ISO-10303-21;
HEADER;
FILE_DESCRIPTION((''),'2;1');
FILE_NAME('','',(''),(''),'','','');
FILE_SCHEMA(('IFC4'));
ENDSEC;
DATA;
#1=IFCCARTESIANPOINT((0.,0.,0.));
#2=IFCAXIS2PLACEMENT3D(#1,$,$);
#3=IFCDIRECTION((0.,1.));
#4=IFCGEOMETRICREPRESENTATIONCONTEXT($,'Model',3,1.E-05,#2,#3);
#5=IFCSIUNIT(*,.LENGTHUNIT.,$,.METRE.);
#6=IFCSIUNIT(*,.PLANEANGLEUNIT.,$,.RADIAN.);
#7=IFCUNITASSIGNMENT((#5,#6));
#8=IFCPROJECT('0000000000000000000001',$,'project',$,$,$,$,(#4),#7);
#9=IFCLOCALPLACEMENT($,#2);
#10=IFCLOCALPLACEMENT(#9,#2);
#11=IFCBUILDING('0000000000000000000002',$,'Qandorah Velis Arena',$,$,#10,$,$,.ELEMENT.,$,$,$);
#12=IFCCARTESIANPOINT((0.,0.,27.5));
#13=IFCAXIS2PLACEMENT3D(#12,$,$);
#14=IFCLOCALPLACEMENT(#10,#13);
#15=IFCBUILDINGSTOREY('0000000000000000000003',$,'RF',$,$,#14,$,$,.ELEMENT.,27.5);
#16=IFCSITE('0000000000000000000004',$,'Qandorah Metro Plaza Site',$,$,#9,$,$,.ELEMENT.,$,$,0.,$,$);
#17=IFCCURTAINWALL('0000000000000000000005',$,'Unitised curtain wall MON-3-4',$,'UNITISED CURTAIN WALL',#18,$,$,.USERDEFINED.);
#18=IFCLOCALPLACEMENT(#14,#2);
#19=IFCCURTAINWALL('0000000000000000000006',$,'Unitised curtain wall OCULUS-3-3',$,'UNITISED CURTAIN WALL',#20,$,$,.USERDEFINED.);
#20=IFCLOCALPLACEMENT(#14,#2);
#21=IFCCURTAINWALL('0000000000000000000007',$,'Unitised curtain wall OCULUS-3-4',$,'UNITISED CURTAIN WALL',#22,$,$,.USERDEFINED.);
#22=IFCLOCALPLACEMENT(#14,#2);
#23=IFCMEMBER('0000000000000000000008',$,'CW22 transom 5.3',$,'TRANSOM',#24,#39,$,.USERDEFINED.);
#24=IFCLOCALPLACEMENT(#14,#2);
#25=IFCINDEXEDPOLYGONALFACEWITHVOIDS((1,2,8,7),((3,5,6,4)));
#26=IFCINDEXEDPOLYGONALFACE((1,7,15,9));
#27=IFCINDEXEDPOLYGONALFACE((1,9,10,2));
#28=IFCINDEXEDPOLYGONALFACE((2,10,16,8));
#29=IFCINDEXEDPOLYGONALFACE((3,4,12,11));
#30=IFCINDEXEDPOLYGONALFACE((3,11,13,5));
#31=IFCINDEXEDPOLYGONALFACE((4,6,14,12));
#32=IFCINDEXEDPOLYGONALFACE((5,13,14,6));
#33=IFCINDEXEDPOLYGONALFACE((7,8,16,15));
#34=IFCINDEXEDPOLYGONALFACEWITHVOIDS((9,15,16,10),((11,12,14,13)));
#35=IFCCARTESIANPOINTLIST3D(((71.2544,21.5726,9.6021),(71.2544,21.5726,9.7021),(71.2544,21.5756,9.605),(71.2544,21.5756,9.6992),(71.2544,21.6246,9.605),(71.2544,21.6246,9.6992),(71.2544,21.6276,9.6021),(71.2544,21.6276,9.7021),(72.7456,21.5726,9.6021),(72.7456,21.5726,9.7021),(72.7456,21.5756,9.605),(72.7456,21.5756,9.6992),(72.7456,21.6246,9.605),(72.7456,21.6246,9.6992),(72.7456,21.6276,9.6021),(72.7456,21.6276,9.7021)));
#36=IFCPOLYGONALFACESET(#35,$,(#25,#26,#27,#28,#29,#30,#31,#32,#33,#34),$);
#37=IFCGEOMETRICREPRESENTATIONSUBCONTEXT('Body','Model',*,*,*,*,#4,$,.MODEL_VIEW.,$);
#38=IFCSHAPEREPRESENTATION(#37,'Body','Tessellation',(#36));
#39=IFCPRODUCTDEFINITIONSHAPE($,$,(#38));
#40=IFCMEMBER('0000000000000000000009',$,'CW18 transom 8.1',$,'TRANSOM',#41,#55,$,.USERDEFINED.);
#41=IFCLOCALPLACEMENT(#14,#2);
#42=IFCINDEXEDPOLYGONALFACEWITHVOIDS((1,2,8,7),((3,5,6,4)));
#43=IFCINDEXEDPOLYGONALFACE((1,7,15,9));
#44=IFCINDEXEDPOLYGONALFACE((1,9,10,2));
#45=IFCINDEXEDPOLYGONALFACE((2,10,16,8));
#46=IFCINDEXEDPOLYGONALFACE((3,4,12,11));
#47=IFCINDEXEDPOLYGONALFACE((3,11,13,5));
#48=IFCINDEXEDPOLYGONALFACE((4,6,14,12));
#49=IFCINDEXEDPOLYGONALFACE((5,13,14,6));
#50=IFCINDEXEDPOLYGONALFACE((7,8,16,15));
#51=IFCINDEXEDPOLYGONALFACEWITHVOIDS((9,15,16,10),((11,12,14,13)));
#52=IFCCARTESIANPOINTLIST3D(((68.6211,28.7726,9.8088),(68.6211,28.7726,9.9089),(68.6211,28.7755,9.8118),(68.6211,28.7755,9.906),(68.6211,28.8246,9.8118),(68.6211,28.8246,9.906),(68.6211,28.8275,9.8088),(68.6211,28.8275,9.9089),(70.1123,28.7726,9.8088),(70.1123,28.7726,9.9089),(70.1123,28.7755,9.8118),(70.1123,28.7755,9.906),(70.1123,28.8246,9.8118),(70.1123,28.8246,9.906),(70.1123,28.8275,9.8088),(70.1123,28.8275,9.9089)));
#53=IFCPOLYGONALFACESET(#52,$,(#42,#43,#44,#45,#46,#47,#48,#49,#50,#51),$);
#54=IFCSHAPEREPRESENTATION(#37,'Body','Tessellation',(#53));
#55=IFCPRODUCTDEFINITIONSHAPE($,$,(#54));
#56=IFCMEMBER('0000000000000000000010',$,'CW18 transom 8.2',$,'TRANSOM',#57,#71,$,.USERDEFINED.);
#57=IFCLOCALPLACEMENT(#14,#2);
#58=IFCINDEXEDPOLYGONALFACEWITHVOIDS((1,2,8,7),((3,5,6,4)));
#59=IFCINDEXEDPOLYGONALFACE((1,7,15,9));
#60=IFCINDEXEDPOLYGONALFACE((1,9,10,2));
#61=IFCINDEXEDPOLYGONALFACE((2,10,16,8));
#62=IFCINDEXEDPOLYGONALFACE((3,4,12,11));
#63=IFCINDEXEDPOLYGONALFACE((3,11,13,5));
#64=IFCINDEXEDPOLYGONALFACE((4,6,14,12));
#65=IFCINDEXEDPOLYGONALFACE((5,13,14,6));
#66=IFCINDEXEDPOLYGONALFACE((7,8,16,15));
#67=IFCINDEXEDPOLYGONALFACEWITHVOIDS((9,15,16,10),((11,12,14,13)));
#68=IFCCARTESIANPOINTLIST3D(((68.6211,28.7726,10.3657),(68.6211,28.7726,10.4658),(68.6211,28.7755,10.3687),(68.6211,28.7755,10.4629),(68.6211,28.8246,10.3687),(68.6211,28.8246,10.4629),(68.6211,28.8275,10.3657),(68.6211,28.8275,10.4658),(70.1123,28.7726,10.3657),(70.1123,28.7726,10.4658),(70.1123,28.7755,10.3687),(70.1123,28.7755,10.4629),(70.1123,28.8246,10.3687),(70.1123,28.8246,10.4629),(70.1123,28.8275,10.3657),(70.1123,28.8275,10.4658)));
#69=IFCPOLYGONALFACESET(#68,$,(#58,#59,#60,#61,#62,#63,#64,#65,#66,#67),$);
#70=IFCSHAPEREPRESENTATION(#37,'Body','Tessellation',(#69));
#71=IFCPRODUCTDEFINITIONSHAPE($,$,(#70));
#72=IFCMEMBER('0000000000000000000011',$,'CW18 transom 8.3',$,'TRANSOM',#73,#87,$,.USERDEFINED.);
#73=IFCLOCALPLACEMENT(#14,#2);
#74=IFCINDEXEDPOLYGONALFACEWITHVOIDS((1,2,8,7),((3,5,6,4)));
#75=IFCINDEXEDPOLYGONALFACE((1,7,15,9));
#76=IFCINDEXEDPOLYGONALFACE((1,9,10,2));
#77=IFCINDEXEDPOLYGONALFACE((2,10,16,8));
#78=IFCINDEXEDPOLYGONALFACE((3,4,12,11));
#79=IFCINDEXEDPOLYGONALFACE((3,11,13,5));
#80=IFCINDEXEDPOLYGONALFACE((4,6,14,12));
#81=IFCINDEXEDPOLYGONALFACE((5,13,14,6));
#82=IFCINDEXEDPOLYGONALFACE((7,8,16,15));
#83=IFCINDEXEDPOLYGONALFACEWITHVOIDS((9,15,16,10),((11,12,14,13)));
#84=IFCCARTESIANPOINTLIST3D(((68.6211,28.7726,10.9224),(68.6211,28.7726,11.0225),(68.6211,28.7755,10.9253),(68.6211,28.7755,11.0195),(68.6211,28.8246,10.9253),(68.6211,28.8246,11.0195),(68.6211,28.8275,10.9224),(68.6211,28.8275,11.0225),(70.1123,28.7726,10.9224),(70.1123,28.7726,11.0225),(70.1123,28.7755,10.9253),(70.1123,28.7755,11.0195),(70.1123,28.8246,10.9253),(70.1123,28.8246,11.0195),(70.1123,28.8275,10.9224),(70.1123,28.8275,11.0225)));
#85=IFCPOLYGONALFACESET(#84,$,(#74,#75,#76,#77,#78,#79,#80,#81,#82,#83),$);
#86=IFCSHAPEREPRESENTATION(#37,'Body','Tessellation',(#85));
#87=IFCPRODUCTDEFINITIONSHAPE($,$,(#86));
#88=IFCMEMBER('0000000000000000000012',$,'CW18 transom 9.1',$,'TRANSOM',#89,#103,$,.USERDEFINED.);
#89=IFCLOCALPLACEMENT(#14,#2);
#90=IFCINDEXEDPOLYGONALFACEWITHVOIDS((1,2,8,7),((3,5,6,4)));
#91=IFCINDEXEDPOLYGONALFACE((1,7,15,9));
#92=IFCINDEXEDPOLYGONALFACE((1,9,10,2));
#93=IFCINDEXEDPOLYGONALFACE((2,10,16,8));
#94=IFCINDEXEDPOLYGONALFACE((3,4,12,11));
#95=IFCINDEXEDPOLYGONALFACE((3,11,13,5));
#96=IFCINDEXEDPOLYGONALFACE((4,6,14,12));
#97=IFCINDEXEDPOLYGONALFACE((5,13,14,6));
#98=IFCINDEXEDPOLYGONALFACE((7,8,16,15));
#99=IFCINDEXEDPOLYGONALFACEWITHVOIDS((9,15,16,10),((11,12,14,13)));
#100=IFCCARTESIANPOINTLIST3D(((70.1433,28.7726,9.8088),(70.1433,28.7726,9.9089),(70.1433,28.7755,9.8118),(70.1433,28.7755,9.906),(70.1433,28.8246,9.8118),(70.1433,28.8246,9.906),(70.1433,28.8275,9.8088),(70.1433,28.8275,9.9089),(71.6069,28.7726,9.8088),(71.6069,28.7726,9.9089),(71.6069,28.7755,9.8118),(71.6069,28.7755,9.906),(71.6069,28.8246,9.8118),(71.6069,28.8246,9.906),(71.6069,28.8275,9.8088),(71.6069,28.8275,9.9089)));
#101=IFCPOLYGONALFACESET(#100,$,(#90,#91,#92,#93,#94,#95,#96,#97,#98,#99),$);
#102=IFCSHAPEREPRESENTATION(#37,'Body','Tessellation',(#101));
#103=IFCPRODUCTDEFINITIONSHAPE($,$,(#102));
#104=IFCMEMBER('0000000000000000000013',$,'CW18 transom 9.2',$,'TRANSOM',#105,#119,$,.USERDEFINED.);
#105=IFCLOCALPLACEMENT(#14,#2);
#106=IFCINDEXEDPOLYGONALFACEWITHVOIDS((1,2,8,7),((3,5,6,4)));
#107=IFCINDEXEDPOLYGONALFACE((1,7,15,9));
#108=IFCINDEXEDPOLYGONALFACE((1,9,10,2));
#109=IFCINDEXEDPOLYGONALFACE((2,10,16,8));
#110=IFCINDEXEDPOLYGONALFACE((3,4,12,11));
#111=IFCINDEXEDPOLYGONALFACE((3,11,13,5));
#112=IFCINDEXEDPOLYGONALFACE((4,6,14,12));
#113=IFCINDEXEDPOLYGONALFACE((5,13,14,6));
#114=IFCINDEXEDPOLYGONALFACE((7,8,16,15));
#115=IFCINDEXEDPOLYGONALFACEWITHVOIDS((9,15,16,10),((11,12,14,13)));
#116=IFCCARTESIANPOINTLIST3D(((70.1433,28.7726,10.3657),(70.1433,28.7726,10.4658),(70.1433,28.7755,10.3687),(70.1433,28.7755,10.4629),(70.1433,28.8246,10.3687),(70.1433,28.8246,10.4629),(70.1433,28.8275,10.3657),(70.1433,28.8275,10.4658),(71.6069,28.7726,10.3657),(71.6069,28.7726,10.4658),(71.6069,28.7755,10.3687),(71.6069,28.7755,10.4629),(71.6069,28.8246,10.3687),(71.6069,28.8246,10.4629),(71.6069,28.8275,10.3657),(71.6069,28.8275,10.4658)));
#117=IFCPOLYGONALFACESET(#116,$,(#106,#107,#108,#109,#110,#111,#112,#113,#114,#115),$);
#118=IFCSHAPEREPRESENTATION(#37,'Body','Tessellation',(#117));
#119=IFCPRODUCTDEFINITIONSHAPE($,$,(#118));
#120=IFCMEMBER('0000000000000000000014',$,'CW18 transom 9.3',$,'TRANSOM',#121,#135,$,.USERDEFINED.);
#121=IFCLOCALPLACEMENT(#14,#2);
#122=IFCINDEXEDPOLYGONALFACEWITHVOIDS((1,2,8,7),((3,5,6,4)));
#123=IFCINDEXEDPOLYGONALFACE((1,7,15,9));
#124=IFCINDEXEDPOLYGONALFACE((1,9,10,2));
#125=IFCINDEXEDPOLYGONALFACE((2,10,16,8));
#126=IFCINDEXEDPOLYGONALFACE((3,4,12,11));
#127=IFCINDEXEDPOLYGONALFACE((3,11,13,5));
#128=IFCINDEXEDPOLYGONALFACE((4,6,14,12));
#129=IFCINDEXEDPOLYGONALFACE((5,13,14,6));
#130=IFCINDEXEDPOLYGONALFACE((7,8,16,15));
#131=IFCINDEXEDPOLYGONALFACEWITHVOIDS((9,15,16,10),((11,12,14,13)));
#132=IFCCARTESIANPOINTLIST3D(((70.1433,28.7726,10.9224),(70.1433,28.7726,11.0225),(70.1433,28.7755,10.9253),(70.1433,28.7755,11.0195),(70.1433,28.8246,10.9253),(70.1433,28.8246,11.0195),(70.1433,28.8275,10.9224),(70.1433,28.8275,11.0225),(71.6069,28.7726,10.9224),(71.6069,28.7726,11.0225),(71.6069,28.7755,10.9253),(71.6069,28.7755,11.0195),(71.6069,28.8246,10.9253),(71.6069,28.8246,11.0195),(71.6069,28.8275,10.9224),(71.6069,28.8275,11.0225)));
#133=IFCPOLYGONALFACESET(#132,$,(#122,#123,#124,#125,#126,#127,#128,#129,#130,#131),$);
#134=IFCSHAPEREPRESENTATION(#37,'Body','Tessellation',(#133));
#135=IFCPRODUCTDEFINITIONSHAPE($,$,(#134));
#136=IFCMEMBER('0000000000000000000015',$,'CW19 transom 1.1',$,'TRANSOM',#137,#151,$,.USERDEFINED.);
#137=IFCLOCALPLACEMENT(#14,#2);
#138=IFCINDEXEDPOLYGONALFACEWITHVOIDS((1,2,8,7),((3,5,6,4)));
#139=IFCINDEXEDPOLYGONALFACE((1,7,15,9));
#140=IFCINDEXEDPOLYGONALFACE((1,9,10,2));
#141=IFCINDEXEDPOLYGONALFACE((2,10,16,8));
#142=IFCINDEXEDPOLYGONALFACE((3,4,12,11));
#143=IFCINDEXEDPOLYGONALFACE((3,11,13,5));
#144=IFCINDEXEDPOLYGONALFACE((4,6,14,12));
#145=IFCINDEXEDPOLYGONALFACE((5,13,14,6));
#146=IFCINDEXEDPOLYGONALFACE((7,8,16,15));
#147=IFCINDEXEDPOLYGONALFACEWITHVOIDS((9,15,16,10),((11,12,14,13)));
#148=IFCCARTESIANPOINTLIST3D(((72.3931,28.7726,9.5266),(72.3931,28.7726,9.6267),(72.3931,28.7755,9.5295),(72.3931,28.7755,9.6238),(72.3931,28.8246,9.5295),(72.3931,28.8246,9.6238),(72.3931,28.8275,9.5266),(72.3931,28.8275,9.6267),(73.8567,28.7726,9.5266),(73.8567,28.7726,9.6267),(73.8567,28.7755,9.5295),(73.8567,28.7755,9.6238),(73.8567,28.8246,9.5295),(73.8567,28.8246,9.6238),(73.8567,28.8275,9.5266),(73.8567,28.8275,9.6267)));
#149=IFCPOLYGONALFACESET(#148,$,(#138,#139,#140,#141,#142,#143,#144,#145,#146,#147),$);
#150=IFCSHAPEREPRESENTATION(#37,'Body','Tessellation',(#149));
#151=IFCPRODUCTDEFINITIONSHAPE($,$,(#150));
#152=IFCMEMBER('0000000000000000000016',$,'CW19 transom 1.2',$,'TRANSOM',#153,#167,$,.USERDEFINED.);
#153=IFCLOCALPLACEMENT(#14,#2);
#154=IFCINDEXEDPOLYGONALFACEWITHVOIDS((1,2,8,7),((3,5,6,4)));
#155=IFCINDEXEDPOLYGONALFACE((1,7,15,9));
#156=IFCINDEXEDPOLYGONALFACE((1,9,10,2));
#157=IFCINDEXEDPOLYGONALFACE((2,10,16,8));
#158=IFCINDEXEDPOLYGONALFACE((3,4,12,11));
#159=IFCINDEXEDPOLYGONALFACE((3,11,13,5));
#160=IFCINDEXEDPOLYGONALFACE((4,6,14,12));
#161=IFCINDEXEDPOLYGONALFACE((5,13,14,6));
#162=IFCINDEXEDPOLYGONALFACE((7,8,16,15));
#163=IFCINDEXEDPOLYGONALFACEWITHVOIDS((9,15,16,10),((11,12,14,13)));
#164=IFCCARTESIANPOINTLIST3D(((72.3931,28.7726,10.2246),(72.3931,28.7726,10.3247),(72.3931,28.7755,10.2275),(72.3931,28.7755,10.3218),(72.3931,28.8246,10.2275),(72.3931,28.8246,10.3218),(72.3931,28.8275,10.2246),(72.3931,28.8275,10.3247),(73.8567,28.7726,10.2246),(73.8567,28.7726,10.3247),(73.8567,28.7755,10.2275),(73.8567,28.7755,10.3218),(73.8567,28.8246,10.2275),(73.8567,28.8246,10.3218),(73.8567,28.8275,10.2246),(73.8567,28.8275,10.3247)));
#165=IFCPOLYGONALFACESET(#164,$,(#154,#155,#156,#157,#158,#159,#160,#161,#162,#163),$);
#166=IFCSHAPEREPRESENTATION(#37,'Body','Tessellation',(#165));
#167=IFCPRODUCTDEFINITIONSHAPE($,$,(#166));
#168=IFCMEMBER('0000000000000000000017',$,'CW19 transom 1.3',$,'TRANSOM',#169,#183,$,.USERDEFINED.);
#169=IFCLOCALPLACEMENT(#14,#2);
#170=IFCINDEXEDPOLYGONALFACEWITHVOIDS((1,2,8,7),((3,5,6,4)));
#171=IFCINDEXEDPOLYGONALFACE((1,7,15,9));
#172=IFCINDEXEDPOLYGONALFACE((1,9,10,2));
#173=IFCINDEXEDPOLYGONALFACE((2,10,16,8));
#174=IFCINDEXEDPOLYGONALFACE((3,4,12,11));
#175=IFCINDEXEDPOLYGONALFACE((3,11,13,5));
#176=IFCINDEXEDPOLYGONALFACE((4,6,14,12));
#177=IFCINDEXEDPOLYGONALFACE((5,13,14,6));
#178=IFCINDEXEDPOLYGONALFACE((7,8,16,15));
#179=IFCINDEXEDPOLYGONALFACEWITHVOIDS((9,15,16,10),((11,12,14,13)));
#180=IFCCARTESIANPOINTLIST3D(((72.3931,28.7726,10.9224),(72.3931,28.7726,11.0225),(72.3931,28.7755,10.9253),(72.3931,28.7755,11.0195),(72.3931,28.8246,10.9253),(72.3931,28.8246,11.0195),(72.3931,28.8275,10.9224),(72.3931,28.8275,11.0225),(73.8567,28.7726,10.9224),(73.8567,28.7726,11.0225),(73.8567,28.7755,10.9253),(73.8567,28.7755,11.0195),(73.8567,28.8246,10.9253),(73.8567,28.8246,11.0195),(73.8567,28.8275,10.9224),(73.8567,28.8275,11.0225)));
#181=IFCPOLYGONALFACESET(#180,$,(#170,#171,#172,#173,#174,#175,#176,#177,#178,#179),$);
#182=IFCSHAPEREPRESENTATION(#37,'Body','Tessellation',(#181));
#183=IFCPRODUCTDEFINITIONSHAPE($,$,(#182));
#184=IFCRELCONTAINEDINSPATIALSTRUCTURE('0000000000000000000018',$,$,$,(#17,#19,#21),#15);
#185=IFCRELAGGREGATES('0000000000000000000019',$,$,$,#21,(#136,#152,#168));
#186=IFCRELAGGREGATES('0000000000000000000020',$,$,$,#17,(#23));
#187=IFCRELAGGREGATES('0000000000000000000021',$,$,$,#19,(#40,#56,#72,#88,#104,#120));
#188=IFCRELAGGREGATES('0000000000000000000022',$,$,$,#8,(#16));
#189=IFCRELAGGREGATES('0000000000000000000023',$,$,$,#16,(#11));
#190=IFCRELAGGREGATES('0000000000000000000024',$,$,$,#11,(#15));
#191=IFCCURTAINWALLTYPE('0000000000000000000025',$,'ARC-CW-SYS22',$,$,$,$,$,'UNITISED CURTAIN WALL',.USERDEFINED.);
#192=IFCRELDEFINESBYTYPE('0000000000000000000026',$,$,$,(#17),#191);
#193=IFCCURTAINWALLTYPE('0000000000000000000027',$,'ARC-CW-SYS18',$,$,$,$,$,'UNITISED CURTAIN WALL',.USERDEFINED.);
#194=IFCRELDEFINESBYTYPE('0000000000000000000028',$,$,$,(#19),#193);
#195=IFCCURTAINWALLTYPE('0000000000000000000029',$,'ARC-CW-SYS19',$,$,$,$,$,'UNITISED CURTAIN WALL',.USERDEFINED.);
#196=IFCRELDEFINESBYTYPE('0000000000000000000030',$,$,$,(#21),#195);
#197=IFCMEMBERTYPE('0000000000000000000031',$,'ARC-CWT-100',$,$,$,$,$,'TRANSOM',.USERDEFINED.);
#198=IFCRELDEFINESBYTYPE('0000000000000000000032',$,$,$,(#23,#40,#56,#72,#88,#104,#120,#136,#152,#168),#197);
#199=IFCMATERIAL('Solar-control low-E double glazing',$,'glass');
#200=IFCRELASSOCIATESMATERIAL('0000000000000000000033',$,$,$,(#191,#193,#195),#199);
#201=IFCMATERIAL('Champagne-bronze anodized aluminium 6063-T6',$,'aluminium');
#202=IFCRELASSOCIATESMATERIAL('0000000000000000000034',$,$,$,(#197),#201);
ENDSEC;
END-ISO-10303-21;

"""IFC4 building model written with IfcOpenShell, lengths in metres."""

from ifc_helpers import new_model, si_unit, direction, frame, origin, origin_2d, place, context, subcontext, project, spatial, hollow_rectangle, extrude, material, material_profile, profile_set, type_object, element, aggregate, save


model = new_model("IFC4")

# Units and contexts
model_context = context("Model", 3, precision=1e-05, world=origin(), true_north=direction((0.0, 1.0)))
body_context = subcontext(model_context, "Body", "Model", "MODEL_VIEW")
ifc_project = project(units=[si_unit("LENGTHUNIT", "METRE"), si_unit("PLANEANGLEUNIT", "RADIAN")], contexts=[model_context])

# Site, building, storey
site_placement = place(None, origin())
site = spatial("IfcSite", under=ifc_project, at=site_placement, Name="Qandorah Metro Plaza Site", CompositionType="ELEMENT", RefElevation=0.0)
building_placement = place(site_placement, origin())
building = spatial("IfcBuilding", under=site, at=building_placement, Name="Qandorah Velis Arena", CompositionType="ELEMENT")
storey_placement = place(building_placement, frame((0.0, 0.0, 27.5)))
storey = spatial("IfcBuildingStorey", under=building, at=storey_placement, Name="RF", CompositionType="ELEMENT", Elevation=27.5)

# Curtain walls
ifc_material_1 = material(Name="Solar-control low-E double glazing", Category="glass")
curtain_wall_type_1 = type_object("IfcCurtainWallType", Name="ARC-CW-SYS22", ElementType="UNITISED CURTAIN WALL", PredefinedType="USERDEFINED", material=ifc_material_1)
curtain_wall_1_placement = place(storey_placement, origin())
curtain_wall_1 = element("IfcCurtainWall", 1, at=curtain_wall_1_placement, inside=storey, type_object=curtain_wall_type_1, Name="Unitised curtain wall MON-3-4", ObjectType="UNITISED CURTAIN WALL", PredefinedType="USERDEFINED")
ifc_material_2 = material(Name="Champagne-bronze anodized aluminium 6063-T6", Category="aluminium")
curtain_wall_type_2 = type_object("IfcCurtainWallType", Name="ARC-CW-SYS18", ElementType="UNITISED CURTAIN WALL", PredefinedType="USERDEFINED", material=ifc_material_1)
curtain_wall_2_placement = place(storey_placement, origin())
curtain_wall_2 = element("IfcCurtainWall", 2, at=curtain_wall_2_placement, inside=storey, type_object=curtain_wall_type_2, Name="Unitised curtain wall OCULUS-3-3", ObjectType="UNITISED CURTAIN WALL", PredefinedType="USERDEFINED")

# Curtain wall
curtain_wall_type_3 = type_object("IfcCurtainWallType", Name="ARC-CW-SYS19", ElementType="UNITISED CURTAIN WALL", PredefinedType="USERDEFINED", material=ifc_material_1)
curtain_wall_3_placement = place(storey_placement, origin())
curtain_wall_3 = element("IfcCurtainWall", 3, at=curtain_wall_3_placement, inside=storey, type_object=curtain_wall_type_3, Name="Unitised curtain wall OCULUS-3-4", ObjectType="UNITISED CURTAIN WALL", PredefinedType="USERDEFINED")

# Members
ifc_material_profile_1 = material_profile(ifc_material_2, hollow_rectangle(XDim=0.0549, YDim=0.1001, WallThickness=0.0029, at=origin_2d()), Name="ALU TRANSOM 55x100")
ifc_profile_set_1 = profile_set([ifc_material_profile_1], Name="Champagne-bronze anodized aluminium 6063-T6")
member_type_1 = type_object("IfcMemberType", Name="ARC-CWT-100", ElementType="TRANSOM", PredefinedType="USERDEFINED", material=ifc_profile_set_1)
member_1_placement = place(storey_placement, frame((71.2544, 21.6001, 9.6521), z_axis=(1.0, 0.0, 0.0), x_axis=(0.0, 1.0, 0.0)))
member_1 = element("IfcMember", 4, at=member_1_placement, type_object=member_type_1, Name="CW22 transom 5.3", ObjectType="TRANSOM", PredefinedType="USERDEFINED", context=body_context, shape_type="SweptSolid", body=[
    extrude(hollow_rectangle(XDim=0.0549, YDim=0.1001, WallThickness=0.0029, at=origin_2d()), origin(), (0.0, 0.0, 1.0), 1.4912),
])
member_2_placement = place(storey_placement, frame((68.6211, 28.8, 9.8589), z_axis=(1.0, 0.0, 0.0), x_axis=(0.0, 1.0, 0.0)))
member_2 = element("IfcMember", 5, at=member_2_placement, type_object=member_type_1, Name="CW18 transom 8.1", ObjectType="TRANSOM", PredefinedType="USERDEFINED", context=body_context, shape_type="SweptSolid", body=[
    extrude(hollow_rectangle(XDim=0.0549, YDim=0.1001, WallThickness=0.0029, at=origin_2d()), origin(), (0.0, 0.0, 1.0), 1.4912),
])
member_3_placement = place(storey_placement, frame((68.6211, 28.8, 10.4158), z_axis=(1.0, 0.0, 0.0), x_axis=(0.0, 1.0, 0.0)))
member_3 = element("IfcMember", 6, at=member_3_placement, type_object=member_type_1, Name="CW18 transom 8.2", ObjectType="TRANSOM", PredefinedType="USERDEFINED", context=body_context, shape_type="SweptSolid", body=[
    extrude(hollow_rectangle(XDim=0.0549, YDim=0.1001, WallThickness=0.0029, at=origin_2d()), origin(), (0.0, 0.0, 1.0), 1.4912),
])
member_4_placement = place(storey_placement, frame((68.6211, 28.8, 10.9724), z_axis=(1.0, 0.0, 0.0), x_axis=(0.0, 1.0, 0.0)))
member_4 = element("IfcMember", 7, at=member_4_placement, type_object=member_type_1, Name="CW18 transom 8.3", ObjectType="TRANSOM", PredefinedType="USERDEFINED", context=body_context, shape_type="SweptSolid", body=[
    extrude(hollow_rectangle(XDim=0.0549, YDim=0.1001, WallThickness=0.0029, at=origin_2d()), origin(), (0.0, 0.0, 1.0), 1.4912),
])
member_5_placement = place(storey_placement, frame((70.1433, 28.8, 9.8589), z_axis=(1.0, 0.0, 0.0), x_axis=(0.0, 1.0, 0.0)))
member_5 = element("IfcMember", 8, at=member_5_placement, type_object=member_type_1, Name="CW18 transom 9.1", ObjectType="TRANSOM", PredefinedType="USERDEFINED", context=body_context, shape_type="SweptSolid", body=[
    extrude(hollow_rectangle(XDim=0.0549, YDim=0.1001, WallThickness=0.0029, at=origin_2d()), origin(), (0.0, 0.0, 1.0), 1.4636),
])
member_6_placement = place(storey_placement, frame((70.1433, 28.8, 10.4158), z_axis=(1.0, 0.0, 0.0), x_axis=(0.0, 1.0, 0.0)))
member_6 = element("IfcMember", 9, at=member_6_placement, type_object=member_type_1, Name="CW18 transom 9.2", ObjectType="TRANSOM", PredefinedType="USERDEFINED", context=body_context, shape_type="SweptSolid", body=[
    extrude(hollow_rectangle(XDim=0.0549, YDim=0.1001, WallThickness=0.0029, at=origin_2d()), origin(), (0.0, 0.0, 1.0), 1.4636),
])
member_7_placement = place(storey_placement, frame((70.1433, 28.8, 10.9724), z_axis=(1.0, 0.0, 0.0), x_axis=(0.0, 1.0, 0.0)))
member_7 = element("IfcMember", 10, at=member_7_placement, type_object=member_type_1, Name="CW18 transom 9.3", ObjectType="TRANSOM", PredefinedType="USERDEFINED", context=body_context, shape_type="SweptSolid", body=[
    extrude(hollow_rectangle(XDim=0.0549, YDim=0.1001, WallThickness=0.0029, at=origin_2d()), origin(), (0.0, 0.0, 1.0), 1.4636),
])
member_8_placement = place(storey_placement, frame((72.3931, 28.8, 9.5767), z_axis=(1.0, 0.0, 0.0), x_axis=(0.0, 1.0, 0.0)))
member_8 = element("IfcMember", 11, at=member_8_placement, type_object=member_type_1, Name="CW19 transom 1.1", ObjectType="TRANSOM", PredefinedType="USERDEFINED", context=body_context, shape_type="SweptSolid", body=[
    extrude(hollow_rectangle(XDim=0.0549, YDim=0.1001, WallThickness=0.0029, at=origin_2d()), origin(), (0.0, 0.0, 1.0), 1.4636),
])
member_9_placement = place(storey_placement, frame((72.3931, 28.8, 10.2747), z_axis=(1.0, 0.0, 0.0), x_axis=(0.0, 1.0, 0.0)))
member_9 = element("IfcMember", 12, at=member_9_placement, type_object=member_type_1, Name="CW19 transom 1.2", ObjectType="TRANSOM", PredefinedType="USERDEFINED", context=body_context, shape_type="SweptSolid", body=[
    extrude(hollow_rectangle(XDim=0.0549, YDim=0.1001, WallThickness=0.0029, at=origin_2d()), origin(), (0.0, 0.0, 1.0), 1.4636),
])
member_10_placement = place(storey_placement, frame((72.3931, 28.8, 10.9724), z_axis=(1.0, 0.0, 0.0), x_axis=(0.0, 1.0, 0.0)))
member_10 = element("IfcMember", 13, at=member_10_placement, type_object=member_type_1, Name="CW19 transom 1.3", ObjectType="TRANSOM", PredefinedType="USERDEFINED", context=body_context, shape_type="SweptSolid", body=[
    extrude(hollow_rectangle(XDim=0.0549, YDim=0.1001, WallThickness=0.0029, at=origin_2d()), origin(), (0.0, 0.0, 1.0), 1.4636),
])
aggregate(curtain_wall_3, [member_8, member_9, member_10])

aggregate(curtain_wall_1, [member_1])
aggregate(curtain_wall_2, [member_2, member_3, member_4, member_5, member_6, member_7])

save(model, "model.ifc")
